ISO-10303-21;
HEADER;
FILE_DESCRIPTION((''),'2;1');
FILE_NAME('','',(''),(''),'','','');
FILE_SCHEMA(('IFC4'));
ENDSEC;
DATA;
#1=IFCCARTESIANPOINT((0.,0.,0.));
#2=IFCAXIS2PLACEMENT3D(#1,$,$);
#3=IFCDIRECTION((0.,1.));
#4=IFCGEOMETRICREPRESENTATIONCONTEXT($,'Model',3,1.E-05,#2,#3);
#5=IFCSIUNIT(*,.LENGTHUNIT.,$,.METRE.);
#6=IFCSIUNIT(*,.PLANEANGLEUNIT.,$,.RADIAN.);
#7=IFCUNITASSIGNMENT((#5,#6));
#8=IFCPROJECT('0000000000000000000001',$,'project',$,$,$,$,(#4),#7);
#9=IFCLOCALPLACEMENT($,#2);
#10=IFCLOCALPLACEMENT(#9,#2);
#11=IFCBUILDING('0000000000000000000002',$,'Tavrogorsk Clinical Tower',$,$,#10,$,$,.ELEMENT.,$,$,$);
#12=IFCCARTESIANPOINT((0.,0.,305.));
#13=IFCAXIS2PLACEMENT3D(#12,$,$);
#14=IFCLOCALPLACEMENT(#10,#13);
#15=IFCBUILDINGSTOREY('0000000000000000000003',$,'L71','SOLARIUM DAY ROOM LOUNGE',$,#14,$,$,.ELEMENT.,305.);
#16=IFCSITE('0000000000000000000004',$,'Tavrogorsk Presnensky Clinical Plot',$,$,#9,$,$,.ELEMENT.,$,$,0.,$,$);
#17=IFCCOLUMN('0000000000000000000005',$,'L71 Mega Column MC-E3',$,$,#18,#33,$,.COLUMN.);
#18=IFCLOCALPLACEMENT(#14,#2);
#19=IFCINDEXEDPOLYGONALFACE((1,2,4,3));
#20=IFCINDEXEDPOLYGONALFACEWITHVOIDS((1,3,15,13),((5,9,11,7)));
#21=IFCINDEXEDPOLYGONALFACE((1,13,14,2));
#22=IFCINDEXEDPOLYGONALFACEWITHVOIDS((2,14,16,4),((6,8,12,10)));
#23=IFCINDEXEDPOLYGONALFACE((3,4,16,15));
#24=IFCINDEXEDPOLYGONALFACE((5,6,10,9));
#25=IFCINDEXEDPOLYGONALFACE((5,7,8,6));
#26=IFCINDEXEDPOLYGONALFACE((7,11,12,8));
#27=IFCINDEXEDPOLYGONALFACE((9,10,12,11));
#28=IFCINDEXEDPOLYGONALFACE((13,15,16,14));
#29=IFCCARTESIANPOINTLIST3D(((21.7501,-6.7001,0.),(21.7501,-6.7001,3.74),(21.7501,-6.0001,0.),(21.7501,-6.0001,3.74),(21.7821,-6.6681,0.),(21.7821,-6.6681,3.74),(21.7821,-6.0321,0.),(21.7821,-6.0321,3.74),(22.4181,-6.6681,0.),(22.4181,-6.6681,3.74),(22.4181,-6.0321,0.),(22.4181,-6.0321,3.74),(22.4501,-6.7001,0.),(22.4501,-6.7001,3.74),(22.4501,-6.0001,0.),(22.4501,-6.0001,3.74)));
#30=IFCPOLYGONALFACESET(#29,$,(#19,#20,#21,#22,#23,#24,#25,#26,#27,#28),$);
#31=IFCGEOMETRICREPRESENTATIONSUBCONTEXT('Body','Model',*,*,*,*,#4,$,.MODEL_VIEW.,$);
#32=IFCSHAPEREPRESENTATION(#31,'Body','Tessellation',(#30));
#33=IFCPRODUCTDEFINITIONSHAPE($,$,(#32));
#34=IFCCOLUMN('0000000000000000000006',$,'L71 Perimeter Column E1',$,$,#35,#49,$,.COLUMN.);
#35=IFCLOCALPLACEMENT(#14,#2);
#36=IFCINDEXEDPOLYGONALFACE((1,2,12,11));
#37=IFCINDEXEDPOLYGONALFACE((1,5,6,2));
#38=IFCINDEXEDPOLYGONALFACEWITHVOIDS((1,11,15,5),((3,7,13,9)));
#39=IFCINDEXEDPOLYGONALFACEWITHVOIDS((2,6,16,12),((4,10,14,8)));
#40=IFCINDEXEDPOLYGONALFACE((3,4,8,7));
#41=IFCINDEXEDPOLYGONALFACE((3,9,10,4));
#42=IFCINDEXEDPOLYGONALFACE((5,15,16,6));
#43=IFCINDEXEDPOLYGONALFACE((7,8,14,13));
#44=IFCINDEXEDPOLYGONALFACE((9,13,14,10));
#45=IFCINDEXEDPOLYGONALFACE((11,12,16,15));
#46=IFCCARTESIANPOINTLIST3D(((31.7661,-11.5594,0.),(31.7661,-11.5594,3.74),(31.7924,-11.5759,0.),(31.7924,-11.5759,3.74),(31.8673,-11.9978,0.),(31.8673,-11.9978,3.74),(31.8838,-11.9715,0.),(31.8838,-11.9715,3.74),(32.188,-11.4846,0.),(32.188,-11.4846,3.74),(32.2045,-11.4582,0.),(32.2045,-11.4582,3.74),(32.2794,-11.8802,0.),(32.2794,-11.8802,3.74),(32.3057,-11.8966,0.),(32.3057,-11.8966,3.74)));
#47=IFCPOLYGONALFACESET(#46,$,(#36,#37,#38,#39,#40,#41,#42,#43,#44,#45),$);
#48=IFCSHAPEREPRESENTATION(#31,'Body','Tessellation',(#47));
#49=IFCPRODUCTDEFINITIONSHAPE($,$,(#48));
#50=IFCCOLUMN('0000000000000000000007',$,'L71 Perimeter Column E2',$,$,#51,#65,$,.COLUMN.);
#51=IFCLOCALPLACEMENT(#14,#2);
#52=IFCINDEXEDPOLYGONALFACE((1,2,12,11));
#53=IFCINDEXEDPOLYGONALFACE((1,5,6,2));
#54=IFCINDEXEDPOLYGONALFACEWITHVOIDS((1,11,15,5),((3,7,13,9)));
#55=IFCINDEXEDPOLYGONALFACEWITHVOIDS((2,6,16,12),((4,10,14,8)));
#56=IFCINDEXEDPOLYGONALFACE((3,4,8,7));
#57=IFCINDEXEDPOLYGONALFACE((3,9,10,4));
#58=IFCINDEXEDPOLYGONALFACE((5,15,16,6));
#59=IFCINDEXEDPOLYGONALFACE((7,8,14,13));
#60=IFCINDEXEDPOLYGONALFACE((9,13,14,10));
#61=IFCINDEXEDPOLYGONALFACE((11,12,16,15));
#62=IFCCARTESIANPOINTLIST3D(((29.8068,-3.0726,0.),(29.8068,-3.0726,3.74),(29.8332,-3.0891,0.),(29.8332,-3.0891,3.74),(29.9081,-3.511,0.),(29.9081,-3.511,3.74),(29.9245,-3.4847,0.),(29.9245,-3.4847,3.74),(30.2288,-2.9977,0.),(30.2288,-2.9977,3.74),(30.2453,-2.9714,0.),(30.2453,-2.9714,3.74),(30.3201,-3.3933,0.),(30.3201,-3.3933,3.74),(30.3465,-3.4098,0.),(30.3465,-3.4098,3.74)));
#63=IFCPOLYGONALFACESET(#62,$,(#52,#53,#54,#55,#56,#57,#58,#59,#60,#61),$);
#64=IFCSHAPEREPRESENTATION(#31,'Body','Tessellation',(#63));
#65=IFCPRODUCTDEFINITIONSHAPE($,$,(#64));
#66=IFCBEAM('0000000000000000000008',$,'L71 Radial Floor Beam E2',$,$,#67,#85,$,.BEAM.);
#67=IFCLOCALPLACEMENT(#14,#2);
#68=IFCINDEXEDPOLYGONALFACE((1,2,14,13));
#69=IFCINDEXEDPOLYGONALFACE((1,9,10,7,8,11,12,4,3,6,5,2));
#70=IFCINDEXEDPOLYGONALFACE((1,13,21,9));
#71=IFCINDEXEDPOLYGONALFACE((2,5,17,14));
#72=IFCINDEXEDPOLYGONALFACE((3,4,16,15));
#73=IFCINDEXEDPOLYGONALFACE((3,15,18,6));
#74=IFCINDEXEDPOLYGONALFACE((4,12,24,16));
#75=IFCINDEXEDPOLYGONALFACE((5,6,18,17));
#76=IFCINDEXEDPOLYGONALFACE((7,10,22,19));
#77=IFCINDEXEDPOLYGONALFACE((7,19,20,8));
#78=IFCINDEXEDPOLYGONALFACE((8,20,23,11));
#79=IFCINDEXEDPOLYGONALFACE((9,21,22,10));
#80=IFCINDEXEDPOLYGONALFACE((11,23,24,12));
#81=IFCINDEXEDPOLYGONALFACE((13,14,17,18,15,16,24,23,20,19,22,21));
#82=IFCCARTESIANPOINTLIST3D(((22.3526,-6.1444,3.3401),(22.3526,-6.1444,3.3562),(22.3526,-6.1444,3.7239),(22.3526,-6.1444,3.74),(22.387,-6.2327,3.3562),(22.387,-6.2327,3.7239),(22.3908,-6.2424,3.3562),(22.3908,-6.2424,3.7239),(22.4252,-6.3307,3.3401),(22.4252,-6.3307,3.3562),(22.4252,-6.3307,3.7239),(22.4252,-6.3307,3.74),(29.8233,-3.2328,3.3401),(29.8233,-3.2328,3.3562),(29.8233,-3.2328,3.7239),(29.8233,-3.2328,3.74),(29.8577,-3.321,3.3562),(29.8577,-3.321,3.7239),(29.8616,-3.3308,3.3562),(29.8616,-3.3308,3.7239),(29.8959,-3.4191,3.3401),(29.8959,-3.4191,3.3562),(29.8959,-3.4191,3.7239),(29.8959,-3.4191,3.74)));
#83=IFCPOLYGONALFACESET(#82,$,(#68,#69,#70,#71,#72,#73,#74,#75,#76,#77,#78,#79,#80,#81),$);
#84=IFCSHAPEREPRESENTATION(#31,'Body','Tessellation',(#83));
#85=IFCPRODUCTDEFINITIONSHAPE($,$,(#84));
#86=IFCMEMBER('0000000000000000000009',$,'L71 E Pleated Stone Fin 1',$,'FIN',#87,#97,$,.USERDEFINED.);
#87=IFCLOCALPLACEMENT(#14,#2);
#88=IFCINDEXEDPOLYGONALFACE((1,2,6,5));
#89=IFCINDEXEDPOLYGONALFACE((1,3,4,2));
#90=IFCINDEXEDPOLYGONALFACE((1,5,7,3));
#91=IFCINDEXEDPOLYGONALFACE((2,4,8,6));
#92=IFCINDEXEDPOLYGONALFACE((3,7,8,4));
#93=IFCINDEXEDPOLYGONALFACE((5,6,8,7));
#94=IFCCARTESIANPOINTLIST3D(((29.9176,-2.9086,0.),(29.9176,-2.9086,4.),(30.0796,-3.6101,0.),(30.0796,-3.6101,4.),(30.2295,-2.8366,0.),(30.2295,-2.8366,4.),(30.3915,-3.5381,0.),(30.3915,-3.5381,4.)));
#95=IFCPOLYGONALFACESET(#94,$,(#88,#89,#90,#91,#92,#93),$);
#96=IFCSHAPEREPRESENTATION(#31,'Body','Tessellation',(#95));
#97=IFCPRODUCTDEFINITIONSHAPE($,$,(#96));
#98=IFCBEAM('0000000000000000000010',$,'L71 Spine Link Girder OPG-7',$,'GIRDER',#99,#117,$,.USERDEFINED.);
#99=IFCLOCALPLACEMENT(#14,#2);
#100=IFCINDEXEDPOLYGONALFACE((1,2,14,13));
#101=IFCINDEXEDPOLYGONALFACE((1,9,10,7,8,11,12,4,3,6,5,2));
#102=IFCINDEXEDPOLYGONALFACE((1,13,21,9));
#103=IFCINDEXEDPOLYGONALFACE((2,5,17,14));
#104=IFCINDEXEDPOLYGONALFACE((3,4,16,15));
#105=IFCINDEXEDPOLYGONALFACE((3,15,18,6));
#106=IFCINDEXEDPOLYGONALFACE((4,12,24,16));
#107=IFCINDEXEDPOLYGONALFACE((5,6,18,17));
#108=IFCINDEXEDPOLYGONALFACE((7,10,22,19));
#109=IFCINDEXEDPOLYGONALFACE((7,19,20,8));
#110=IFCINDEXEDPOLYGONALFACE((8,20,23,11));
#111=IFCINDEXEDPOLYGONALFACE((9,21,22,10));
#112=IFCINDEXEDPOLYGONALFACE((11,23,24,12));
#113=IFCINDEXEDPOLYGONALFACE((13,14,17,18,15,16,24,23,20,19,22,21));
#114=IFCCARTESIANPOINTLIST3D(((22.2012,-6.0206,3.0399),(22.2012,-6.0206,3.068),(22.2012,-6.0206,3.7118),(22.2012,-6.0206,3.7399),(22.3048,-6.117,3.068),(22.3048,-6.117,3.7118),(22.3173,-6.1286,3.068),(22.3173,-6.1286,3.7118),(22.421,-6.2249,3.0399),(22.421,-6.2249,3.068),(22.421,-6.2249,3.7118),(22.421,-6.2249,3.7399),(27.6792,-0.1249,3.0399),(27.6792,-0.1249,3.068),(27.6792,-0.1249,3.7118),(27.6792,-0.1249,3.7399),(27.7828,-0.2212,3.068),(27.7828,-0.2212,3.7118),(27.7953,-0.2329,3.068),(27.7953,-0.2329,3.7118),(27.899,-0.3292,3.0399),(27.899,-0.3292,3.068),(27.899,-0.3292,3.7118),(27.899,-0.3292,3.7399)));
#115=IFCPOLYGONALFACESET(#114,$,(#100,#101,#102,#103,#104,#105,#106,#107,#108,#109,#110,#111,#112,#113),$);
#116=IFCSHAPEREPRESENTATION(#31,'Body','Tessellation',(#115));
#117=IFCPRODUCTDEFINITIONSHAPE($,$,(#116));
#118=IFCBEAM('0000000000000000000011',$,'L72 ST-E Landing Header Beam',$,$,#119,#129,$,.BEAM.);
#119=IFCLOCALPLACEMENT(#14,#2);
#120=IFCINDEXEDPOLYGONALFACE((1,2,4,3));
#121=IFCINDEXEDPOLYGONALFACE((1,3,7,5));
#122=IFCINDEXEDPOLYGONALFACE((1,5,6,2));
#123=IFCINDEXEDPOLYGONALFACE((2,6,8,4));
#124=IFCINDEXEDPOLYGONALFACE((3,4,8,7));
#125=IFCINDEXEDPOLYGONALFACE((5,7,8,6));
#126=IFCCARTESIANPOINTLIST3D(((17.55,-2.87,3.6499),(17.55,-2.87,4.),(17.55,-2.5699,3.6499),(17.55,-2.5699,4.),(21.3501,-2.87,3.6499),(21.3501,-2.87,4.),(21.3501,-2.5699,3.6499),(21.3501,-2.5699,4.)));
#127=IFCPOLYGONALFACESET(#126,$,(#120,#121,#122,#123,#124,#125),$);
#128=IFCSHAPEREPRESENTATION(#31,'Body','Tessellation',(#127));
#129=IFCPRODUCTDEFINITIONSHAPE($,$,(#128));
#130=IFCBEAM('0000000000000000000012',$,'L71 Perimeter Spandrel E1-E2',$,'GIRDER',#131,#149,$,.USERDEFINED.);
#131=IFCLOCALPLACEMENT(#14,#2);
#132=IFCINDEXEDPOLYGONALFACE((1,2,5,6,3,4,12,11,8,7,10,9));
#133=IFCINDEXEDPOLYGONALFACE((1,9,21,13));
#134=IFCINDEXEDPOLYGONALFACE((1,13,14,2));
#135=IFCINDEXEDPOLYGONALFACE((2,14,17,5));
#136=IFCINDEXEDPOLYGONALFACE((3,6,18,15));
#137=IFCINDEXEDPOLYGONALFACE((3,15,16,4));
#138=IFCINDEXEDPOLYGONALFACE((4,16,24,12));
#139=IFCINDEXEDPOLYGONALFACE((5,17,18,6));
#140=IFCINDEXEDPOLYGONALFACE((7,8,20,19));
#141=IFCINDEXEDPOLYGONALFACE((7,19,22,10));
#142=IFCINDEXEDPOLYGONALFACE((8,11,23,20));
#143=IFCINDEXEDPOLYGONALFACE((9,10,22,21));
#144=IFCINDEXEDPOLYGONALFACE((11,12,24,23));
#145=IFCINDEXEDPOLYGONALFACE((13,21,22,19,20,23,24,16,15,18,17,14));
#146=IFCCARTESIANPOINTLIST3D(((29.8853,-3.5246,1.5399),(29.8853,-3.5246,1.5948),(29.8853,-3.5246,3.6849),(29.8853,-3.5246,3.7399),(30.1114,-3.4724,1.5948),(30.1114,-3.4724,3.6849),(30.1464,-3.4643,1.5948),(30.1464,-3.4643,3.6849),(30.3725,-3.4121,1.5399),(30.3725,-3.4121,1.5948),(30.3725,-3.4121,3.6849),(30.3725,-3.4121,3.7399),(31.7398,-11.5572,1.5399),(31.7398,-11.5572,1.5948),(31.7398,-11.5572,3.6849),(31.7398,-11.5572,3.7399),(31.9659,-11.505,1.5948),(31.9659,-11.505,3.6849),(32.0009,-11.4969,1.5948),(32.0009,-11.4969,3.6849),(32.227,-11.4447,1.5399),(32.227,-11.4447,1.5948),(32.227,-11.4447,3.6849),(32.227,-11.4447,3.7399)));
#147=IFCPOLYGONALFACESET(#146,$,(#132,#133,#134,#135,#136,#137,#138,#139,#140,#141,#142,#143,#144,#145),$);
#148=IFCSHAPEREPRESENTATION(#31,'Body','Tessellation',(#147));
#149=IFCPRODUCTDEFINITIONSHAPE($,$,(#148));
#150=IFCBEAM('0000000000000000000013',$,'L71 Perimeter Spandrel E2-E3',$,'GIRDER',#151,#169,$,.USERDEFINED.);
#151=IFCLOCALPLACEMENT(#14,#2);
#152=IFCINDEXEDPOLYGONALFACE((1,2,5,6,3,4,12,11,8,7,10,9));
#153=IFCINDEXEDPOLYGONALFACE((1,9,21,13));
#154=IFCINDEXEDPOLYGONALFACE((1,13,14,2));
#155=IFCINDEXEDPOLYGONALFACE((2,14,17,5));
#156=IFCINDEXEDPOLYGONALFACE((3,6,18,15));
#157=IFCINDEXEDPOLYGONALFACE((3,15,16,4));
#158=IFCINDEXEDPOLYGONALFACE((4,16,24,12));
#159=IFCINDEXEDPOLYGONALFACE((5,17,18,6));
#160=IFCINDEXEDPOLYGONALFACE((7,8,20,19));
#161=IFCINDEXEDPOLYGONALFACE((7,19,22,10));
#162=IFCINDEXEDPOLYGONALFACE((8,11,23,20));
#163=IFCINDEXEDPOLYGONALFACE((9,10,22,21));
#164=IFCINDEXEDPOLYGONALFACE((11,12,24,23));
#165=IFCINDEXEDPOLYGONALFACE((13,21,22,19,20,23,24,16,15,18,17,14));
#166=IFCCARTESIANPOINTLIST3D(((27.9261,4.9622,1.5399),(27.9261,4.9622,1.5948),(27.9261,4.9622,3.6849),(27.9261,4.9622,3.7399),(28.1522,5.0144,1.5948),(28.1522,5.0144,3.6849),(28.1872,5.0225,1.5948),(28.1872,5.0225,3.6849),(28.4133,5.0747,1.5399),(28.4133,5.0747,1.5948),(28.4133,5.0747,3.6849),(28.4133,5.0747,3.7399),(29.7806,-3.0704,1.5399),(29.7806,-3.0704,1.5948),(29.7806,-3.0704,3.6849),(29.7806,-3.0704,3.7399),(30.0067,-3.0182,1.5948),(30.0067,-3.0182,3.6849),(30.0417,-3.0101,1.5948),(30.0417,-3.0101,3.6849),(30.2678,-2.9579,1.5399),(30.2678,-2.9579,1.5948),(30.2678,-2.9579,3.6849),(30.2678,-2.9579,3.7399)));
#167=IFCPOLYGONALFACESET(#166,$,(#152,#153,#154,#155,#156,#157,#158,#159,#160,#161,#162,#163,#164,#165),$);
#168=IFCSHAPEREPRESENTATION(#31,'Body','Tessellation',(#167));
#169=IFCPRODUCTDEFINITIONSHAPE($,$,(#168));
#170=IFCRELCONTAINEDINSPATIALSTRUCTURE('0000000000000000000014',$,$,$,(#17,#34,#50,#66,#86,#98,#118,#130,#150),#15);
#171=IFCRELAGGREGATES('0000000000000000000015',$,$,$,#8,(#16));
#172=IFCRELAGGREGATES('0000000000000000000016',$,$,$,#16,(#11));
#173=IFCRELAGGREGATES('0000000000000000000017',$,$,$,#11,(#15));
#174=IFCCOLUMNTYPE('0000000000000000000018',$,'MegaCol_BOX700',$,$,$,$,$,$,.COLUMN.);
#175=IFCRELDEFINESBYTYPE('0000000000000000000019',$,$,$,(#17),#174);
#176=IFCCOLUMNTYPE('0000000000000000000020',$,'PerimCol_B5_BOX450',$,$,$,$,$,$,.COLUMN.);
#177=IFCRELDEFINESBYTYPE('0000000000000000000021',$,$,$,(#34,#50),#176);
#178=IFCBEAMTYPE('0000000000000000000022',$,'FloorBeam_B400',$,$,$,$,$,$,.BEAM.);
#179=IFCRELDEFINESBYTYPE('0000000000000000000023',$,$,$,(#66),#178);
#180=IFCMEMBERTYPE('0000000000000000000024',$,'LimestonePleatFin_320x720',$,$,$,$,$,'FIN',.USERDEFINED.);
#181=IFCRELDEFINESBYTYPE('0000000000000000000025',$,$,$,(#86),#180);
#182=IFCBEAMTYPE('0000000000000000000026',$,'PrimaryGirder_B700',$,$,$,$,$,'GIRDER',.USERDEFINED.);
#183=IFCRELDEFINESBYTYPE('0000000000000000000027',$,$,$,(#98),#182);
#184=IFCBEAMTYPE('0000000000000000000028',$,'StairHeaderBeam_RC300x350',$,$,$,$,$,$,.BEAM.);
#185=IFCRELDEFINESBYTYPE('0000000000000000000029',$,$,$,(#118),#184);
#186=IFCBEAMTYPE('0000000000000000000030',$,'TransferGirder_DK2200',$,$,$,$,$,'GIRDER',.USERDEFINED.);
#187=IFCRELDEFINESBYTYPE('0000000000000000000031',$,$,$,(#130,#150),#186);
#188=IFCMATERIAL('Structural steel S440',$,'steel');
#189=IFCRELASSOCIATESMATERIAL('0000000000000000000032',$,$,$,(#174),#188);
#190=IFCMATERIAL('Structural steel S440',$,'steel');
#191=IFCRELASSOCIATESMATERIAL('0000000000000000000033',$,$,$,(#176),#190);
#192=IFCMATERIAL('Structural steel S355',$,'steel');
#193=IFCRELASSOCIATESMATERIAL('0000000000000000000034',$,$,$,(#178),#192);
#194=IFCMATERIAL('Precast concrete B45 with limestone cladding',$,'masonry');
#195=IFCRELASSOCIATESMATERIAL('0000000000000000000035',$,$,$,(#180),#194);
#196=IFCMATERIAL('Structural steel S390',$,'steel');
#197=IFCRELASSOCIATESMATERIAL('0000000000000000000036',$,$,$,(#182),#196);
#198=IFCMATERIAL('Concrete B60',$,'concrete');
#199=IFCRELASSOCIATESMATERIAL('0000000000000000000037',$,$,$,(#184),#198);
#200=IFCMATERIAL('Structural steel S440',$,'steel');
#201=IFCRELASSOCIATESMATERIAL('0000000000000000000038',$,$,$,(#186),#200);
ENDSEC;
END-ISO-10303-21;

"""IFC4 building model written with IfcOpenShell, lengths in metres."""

from ifc_helpers import new_model, si_unit, direction, frame, origin, origin_2d, place, context, subcontext, project, spatial, rectangle, hollow_rectangle, i_section, extrude, material, material_profile, profile_set, type_object, element, save


model = new_model("IFC4")

# Units and contexts
model_context = context("Model", 3, precision=1e-05, world=origin(), true_north=direction((0.0, 1.0)))
body_context = subcontext(model_context, "Body", "Model", "MODEL_VIEW")
ifc_project = project(units=[si_unit("LENGTHUNIT", "METRE"), si_unit("PLANEANGLEUNIT", "RADIAN")], contexts=[model_context])

# Site, building, storey
site_placement = place(None, origin())
site = spatial("IfcSite", under=ifc_project, at=site_placement, Name="Tavrogorsk Presnensky Clinical Plot", CompositionType="ELEMENT", RefElevation=0.0)
building_placement = place(site_placement, origin())
building = spatial("IfcBuilding", under=site, at=building_placement, Name="Tavrogorsk Clinical Tower", CompositionType="ELEMENT")
storey_placement = place(building_placement, frame((0.0, 0.0, 305.0)))
storey = spatial("IfcBuildingStorey", under=building, at=storey_placement, Name="L71", Description="SOLARIUM DAY ROOM LOUNGE", CompositionType="ELEMENT", Elevation=305.0)

# Columns
ifc_material_1 = material(Name="Structural steel S440", Category="steel")
ifc_material_profile_1 = material_profile(ifc_material_1, hollow_rectangle(XDim=0.7, YDim=0.7, WallThickness=0.032, at=origin_2d()), Name="BOX-700x700x32")
ifc_profile_set_1 = profile_set([ifc_material_profile_1], Name="Structural steel S440")
column_type_1 = type_object("IfcColumnType", Name="MegaCol_BOX700", PredefinedType="COLUMN", material=ifc_profile_set_1)
column_placement = place(storey_placement, frame((22.1001, -6.3501, 0.0), z_axis=(0.0, 0.0, 1.0), x_axis=(1.0, 0.0, 0.0)))
element("IfcColumn", 1, at=column_placement, inside=storey, type_object=column_type_1, Name="L71 Mega Column MC-E3", PredefinedType="COLUMN", context=body_context, shape_type="SweptSolid", body=[
    extrude(hollow_rectangle(XDim=0.7, YDim=0.7, WallThickness=0.032, at=origin_2d()), origin(), (0.0, 0.0, 1.0), 3.74),
])
ifc_material_2 = material(Name="Structural steel S440", Category="steel")
ifc_material_profile_2 = material_profile(ifc_material_2, hollow_rectangle(XDim=0.45, YDim=0.45, WallThickness=0.022, at=origin_2d()), Name="BOX-450x450x22")
ifc_profile_set_2 = profile_set([ifc_material_profile_2], Name="Structural steel S440")
column_type_2 = type_object("IfcColumnType", Name="PerimCol_B5_BOX450", PredefinedType="COLUMN", material=ifc_profile_set_2)
for number, where, z_axis, x_axis, name in (
    (2, (32.0359, -11.728, 0.0), (0.0, 0.0, 1.0), (0.97437, 0.224951, 0.0), "L71 Perimeter Column E1"),
    (3, (30.0767, -3.2412, 0.0), (0.0, 0.0, 1.0), (0.97437, 0.224951, 0.0), "L71 Perimeter Column E2"),
):
    element("IfcColumn", number, at=place(storey_placement, frame(where, z_axis=z_axis, x_axis=x_axis)), inside=storey, type_object=column_type_2, Name=name, PredefinedType="COLUMN", context=body_context, shape_type="SweptSolid", body=[
        extrude(hollow_rectangle(XDim=0.45, YDim=0.45, WallThickness=0.022, at=origin_2d()), origin(), (0.0, 0.0, 1.0), 3.74),
    ])

# Beam
ifc_material_3 = material(Name="Structural steel S355", Category="steel")
ifc_material_profile_3 = material_profile(ifc_material_3, i_section(OverallWidth=0.2, OverallDepth=0.3999, WebThickness=0.0105, FlangeThickness=0.0161, at=origin_2d()), Name="B-400x200x10.5x16")
ifc_profile_set_3 = profile_set([ifc_material_profile_3], Name="Structural steel S355")
beam_type_1 = type_object("IfcBeamType", Name="FloorBeam_B400", PredefinedType="BEAM", material=ifc_profile_set_3)
beam_1_placement = place(storey_placement, frame((22.3889, -6.2375, 3.54), z_axis=(0.931737, 0.363134, 0.0), x_axis=(-0.363134, 0.931737, 0.0)))
element("IfcBeam", 4, at=beam_1_placement, inside=storey, type_object=beam_type_1, Name="L71 Radial Floor Beam E2", PredefinedType="BEAM", context=body_context, shape_type="SweptSolid", body=[
    extrude(i_section(OverallWidth=0.2, OverallDepth=0.3999, WebThickness=0.0105, FlangeThickness=0.0161, at=origin_2d()), origin(), (0.0, 0.0, 1.0), 8.0181),
])

# Member
ifc_material_4 = material(Name="Precast concrete B45 with limestone cladding", Category="masonry")
ifc_material_profile_4 = material_profile(ifc_material_4, rectangle(XDim=0.3201, YDim=0.72, at=origin_2d()), Name="LIMESTONE-FIN-320x720")
ifc_profile_set_4 = profile_set([ifc_material_profile_4], Name="Precast concrete B45 with limestone cladding")
member_type = type_object("IfcMemberType", Name="LimestonePleatFin_320x720", ElementType="FIN", PredefinedType="USERDEFINED", material=ifc_profile_set_4)
member_placement = place(storey_placement, frame((30.1545, -3.2234, 0.0), z_axis=(0.0, 0.0, 1.0), x_axis=(0.97437, 0.224951, 0.0)))
element("IfcMember", 5, at=member_placement, inside=storey, type_object=member_type, Name="L71 E Pleated Stone Fin 1", ObjectType="FIN", PredefinedType="USERDEFINED", context=body_context, shape_type="SweptSolid", body=[
    extrude(rectangle(XDim=0.3201, YDim=0.72, at=origin_2d()), origin(), (0.0, 0.0, 1.0), 4.0),
])

# Beams
ifc_material_5 = material(Name="Structural steel S390", Category="steel")
ifc_material_profile_5 = material_profile(ifc_material_5, i_section(OverallWidth=0.3, OverallDepth=0.7, WebThickness=0.0171, FlangeThickness=0.0281, at=origin_2d()), Name="B-700x300x17x28")
ifc_profile_set_5 = profile_set([ifc_material_profile_5], Name="Structural steel S390")
beam_type_2 = type_object("IfcBeamType", Name="PrimaryGirder_B700", ElementType="GIRDER", PredefinedType="USERDEFINED", material=ifc_profile_set_5)
beam_2_placement = place(storey_placement, frame((27.7891, -0.2271, 3.3899), z_axis=(-0.680678, -0.732583, 0.0), x_axis=(0.732583, -0.680678, 0.0)))
element("IfcBeam", 6, at=beam_2_placement, inside=storey, type_object=beam_type_2, Name="L71 Spine Link Girder OPG-7", ObjectType="GIRDER", PredefinedType="USERDEFINED", context=body_context, shape_type="SweptSolid", body=[
    extrude(i_section(OverallWidth=0.3, OverallDepth=0.7, WebThickness=0.0171, FlangeThickness=0.0281, at=origin_2d()), origin(), (0.0, 0.0, 1.0), 8.0479),
])
ifc_material_6 = material(Name="Concrete B60", Category="concrete")
ifc_material_profile_6 = material_profile(ifc_material_6, rectangle(XDim=0.3, YDim=0.3501, at=origin_2d()), Name="RC-SHB-300x350")
ifc_profile_set_6 = profile_set([ifc_material_profile_6], Name="Concrete B60")
beam_type_3 = type_object("IfcBeamType", Name="StairHeaderBeam_RC300x350", PredefinedType="BEAM", material=ifc_profile_set_6)
beam_3_placement = place(storey_placement, frame((17.55, -2.72, 3.825), z_axis=(1.0, 0.0, 0.0), x_axis=(0.0, 1.0, 0.0)))
element("IfcBeam", 7, at=beam_3_placement, inside=storey, type_object=beam_type_3, Name="L72 ST-E Landing Header Beam", PredefinedType="BEAM", context=body_context, shape_type="SweptSolid", body=[
    extrude(rectangle(XDim=0.3, YDim=0.3501, at=origin_2d()), origin(), (0.0, 0.0, 1.0), 3.8),
])
ifc_material_7 = material(Name="Structural steel S440", Category="steel")
ifc_material_profile_7 = material_profile(ifc_material_7, i_section(OverallWidth=0.5, OverallDepth=2.2, WebThickness=0.0359, FlangeThickness=0.0549, at=origin_2d()), Name="DK-2200x500x36x55")
ifc_profile_set_7 = profile_set([ifc_material_profile_7], Name="Structural steel S440")
beam_type_4 = type_object("IfcBeamType", Name="TransferGirder_DK2200", ElementType="GIRDER", PredefinedType="USERDEFINED", material=ifc_profile_set_7)
for number, where, z_axis, x_axis, name in (
    (8, (31.9834, -11.501, 2.6399), (-0.22495, 0.97437, 0.0), (-0.97437, -0.22495, 0.0), "L71 Perimeter Spandrel E1-E2"),
    (9, (30.0242, -3.0142, 2.6399), (-0.22495, 0.97437, 0.0), (-0.97437, -0.22495, 0.0), "L71 Perimeter Spandrel E2-E3"),
):
    element("IfcBeam", number, at=place(storey_placement, frame(where, z_axis=z_axis, x_axis=x_axis)), inside=storey, type_object=beam_type_4, Name=name, ObjectType="GIRDER", PredefinedType="USERDEFINED", context=body_context, shape_type="SweptSolid", body=[
        extrude(i_section(OverallWidth=0.5, OverallDepth=2.2, WebThickness=0.0359, FlangeThickness=0.0549, at=origin_2d()), origin(), (0.0, 0.0, 1.0), 8.2439),
    ])

save(model, "model.ifc")
